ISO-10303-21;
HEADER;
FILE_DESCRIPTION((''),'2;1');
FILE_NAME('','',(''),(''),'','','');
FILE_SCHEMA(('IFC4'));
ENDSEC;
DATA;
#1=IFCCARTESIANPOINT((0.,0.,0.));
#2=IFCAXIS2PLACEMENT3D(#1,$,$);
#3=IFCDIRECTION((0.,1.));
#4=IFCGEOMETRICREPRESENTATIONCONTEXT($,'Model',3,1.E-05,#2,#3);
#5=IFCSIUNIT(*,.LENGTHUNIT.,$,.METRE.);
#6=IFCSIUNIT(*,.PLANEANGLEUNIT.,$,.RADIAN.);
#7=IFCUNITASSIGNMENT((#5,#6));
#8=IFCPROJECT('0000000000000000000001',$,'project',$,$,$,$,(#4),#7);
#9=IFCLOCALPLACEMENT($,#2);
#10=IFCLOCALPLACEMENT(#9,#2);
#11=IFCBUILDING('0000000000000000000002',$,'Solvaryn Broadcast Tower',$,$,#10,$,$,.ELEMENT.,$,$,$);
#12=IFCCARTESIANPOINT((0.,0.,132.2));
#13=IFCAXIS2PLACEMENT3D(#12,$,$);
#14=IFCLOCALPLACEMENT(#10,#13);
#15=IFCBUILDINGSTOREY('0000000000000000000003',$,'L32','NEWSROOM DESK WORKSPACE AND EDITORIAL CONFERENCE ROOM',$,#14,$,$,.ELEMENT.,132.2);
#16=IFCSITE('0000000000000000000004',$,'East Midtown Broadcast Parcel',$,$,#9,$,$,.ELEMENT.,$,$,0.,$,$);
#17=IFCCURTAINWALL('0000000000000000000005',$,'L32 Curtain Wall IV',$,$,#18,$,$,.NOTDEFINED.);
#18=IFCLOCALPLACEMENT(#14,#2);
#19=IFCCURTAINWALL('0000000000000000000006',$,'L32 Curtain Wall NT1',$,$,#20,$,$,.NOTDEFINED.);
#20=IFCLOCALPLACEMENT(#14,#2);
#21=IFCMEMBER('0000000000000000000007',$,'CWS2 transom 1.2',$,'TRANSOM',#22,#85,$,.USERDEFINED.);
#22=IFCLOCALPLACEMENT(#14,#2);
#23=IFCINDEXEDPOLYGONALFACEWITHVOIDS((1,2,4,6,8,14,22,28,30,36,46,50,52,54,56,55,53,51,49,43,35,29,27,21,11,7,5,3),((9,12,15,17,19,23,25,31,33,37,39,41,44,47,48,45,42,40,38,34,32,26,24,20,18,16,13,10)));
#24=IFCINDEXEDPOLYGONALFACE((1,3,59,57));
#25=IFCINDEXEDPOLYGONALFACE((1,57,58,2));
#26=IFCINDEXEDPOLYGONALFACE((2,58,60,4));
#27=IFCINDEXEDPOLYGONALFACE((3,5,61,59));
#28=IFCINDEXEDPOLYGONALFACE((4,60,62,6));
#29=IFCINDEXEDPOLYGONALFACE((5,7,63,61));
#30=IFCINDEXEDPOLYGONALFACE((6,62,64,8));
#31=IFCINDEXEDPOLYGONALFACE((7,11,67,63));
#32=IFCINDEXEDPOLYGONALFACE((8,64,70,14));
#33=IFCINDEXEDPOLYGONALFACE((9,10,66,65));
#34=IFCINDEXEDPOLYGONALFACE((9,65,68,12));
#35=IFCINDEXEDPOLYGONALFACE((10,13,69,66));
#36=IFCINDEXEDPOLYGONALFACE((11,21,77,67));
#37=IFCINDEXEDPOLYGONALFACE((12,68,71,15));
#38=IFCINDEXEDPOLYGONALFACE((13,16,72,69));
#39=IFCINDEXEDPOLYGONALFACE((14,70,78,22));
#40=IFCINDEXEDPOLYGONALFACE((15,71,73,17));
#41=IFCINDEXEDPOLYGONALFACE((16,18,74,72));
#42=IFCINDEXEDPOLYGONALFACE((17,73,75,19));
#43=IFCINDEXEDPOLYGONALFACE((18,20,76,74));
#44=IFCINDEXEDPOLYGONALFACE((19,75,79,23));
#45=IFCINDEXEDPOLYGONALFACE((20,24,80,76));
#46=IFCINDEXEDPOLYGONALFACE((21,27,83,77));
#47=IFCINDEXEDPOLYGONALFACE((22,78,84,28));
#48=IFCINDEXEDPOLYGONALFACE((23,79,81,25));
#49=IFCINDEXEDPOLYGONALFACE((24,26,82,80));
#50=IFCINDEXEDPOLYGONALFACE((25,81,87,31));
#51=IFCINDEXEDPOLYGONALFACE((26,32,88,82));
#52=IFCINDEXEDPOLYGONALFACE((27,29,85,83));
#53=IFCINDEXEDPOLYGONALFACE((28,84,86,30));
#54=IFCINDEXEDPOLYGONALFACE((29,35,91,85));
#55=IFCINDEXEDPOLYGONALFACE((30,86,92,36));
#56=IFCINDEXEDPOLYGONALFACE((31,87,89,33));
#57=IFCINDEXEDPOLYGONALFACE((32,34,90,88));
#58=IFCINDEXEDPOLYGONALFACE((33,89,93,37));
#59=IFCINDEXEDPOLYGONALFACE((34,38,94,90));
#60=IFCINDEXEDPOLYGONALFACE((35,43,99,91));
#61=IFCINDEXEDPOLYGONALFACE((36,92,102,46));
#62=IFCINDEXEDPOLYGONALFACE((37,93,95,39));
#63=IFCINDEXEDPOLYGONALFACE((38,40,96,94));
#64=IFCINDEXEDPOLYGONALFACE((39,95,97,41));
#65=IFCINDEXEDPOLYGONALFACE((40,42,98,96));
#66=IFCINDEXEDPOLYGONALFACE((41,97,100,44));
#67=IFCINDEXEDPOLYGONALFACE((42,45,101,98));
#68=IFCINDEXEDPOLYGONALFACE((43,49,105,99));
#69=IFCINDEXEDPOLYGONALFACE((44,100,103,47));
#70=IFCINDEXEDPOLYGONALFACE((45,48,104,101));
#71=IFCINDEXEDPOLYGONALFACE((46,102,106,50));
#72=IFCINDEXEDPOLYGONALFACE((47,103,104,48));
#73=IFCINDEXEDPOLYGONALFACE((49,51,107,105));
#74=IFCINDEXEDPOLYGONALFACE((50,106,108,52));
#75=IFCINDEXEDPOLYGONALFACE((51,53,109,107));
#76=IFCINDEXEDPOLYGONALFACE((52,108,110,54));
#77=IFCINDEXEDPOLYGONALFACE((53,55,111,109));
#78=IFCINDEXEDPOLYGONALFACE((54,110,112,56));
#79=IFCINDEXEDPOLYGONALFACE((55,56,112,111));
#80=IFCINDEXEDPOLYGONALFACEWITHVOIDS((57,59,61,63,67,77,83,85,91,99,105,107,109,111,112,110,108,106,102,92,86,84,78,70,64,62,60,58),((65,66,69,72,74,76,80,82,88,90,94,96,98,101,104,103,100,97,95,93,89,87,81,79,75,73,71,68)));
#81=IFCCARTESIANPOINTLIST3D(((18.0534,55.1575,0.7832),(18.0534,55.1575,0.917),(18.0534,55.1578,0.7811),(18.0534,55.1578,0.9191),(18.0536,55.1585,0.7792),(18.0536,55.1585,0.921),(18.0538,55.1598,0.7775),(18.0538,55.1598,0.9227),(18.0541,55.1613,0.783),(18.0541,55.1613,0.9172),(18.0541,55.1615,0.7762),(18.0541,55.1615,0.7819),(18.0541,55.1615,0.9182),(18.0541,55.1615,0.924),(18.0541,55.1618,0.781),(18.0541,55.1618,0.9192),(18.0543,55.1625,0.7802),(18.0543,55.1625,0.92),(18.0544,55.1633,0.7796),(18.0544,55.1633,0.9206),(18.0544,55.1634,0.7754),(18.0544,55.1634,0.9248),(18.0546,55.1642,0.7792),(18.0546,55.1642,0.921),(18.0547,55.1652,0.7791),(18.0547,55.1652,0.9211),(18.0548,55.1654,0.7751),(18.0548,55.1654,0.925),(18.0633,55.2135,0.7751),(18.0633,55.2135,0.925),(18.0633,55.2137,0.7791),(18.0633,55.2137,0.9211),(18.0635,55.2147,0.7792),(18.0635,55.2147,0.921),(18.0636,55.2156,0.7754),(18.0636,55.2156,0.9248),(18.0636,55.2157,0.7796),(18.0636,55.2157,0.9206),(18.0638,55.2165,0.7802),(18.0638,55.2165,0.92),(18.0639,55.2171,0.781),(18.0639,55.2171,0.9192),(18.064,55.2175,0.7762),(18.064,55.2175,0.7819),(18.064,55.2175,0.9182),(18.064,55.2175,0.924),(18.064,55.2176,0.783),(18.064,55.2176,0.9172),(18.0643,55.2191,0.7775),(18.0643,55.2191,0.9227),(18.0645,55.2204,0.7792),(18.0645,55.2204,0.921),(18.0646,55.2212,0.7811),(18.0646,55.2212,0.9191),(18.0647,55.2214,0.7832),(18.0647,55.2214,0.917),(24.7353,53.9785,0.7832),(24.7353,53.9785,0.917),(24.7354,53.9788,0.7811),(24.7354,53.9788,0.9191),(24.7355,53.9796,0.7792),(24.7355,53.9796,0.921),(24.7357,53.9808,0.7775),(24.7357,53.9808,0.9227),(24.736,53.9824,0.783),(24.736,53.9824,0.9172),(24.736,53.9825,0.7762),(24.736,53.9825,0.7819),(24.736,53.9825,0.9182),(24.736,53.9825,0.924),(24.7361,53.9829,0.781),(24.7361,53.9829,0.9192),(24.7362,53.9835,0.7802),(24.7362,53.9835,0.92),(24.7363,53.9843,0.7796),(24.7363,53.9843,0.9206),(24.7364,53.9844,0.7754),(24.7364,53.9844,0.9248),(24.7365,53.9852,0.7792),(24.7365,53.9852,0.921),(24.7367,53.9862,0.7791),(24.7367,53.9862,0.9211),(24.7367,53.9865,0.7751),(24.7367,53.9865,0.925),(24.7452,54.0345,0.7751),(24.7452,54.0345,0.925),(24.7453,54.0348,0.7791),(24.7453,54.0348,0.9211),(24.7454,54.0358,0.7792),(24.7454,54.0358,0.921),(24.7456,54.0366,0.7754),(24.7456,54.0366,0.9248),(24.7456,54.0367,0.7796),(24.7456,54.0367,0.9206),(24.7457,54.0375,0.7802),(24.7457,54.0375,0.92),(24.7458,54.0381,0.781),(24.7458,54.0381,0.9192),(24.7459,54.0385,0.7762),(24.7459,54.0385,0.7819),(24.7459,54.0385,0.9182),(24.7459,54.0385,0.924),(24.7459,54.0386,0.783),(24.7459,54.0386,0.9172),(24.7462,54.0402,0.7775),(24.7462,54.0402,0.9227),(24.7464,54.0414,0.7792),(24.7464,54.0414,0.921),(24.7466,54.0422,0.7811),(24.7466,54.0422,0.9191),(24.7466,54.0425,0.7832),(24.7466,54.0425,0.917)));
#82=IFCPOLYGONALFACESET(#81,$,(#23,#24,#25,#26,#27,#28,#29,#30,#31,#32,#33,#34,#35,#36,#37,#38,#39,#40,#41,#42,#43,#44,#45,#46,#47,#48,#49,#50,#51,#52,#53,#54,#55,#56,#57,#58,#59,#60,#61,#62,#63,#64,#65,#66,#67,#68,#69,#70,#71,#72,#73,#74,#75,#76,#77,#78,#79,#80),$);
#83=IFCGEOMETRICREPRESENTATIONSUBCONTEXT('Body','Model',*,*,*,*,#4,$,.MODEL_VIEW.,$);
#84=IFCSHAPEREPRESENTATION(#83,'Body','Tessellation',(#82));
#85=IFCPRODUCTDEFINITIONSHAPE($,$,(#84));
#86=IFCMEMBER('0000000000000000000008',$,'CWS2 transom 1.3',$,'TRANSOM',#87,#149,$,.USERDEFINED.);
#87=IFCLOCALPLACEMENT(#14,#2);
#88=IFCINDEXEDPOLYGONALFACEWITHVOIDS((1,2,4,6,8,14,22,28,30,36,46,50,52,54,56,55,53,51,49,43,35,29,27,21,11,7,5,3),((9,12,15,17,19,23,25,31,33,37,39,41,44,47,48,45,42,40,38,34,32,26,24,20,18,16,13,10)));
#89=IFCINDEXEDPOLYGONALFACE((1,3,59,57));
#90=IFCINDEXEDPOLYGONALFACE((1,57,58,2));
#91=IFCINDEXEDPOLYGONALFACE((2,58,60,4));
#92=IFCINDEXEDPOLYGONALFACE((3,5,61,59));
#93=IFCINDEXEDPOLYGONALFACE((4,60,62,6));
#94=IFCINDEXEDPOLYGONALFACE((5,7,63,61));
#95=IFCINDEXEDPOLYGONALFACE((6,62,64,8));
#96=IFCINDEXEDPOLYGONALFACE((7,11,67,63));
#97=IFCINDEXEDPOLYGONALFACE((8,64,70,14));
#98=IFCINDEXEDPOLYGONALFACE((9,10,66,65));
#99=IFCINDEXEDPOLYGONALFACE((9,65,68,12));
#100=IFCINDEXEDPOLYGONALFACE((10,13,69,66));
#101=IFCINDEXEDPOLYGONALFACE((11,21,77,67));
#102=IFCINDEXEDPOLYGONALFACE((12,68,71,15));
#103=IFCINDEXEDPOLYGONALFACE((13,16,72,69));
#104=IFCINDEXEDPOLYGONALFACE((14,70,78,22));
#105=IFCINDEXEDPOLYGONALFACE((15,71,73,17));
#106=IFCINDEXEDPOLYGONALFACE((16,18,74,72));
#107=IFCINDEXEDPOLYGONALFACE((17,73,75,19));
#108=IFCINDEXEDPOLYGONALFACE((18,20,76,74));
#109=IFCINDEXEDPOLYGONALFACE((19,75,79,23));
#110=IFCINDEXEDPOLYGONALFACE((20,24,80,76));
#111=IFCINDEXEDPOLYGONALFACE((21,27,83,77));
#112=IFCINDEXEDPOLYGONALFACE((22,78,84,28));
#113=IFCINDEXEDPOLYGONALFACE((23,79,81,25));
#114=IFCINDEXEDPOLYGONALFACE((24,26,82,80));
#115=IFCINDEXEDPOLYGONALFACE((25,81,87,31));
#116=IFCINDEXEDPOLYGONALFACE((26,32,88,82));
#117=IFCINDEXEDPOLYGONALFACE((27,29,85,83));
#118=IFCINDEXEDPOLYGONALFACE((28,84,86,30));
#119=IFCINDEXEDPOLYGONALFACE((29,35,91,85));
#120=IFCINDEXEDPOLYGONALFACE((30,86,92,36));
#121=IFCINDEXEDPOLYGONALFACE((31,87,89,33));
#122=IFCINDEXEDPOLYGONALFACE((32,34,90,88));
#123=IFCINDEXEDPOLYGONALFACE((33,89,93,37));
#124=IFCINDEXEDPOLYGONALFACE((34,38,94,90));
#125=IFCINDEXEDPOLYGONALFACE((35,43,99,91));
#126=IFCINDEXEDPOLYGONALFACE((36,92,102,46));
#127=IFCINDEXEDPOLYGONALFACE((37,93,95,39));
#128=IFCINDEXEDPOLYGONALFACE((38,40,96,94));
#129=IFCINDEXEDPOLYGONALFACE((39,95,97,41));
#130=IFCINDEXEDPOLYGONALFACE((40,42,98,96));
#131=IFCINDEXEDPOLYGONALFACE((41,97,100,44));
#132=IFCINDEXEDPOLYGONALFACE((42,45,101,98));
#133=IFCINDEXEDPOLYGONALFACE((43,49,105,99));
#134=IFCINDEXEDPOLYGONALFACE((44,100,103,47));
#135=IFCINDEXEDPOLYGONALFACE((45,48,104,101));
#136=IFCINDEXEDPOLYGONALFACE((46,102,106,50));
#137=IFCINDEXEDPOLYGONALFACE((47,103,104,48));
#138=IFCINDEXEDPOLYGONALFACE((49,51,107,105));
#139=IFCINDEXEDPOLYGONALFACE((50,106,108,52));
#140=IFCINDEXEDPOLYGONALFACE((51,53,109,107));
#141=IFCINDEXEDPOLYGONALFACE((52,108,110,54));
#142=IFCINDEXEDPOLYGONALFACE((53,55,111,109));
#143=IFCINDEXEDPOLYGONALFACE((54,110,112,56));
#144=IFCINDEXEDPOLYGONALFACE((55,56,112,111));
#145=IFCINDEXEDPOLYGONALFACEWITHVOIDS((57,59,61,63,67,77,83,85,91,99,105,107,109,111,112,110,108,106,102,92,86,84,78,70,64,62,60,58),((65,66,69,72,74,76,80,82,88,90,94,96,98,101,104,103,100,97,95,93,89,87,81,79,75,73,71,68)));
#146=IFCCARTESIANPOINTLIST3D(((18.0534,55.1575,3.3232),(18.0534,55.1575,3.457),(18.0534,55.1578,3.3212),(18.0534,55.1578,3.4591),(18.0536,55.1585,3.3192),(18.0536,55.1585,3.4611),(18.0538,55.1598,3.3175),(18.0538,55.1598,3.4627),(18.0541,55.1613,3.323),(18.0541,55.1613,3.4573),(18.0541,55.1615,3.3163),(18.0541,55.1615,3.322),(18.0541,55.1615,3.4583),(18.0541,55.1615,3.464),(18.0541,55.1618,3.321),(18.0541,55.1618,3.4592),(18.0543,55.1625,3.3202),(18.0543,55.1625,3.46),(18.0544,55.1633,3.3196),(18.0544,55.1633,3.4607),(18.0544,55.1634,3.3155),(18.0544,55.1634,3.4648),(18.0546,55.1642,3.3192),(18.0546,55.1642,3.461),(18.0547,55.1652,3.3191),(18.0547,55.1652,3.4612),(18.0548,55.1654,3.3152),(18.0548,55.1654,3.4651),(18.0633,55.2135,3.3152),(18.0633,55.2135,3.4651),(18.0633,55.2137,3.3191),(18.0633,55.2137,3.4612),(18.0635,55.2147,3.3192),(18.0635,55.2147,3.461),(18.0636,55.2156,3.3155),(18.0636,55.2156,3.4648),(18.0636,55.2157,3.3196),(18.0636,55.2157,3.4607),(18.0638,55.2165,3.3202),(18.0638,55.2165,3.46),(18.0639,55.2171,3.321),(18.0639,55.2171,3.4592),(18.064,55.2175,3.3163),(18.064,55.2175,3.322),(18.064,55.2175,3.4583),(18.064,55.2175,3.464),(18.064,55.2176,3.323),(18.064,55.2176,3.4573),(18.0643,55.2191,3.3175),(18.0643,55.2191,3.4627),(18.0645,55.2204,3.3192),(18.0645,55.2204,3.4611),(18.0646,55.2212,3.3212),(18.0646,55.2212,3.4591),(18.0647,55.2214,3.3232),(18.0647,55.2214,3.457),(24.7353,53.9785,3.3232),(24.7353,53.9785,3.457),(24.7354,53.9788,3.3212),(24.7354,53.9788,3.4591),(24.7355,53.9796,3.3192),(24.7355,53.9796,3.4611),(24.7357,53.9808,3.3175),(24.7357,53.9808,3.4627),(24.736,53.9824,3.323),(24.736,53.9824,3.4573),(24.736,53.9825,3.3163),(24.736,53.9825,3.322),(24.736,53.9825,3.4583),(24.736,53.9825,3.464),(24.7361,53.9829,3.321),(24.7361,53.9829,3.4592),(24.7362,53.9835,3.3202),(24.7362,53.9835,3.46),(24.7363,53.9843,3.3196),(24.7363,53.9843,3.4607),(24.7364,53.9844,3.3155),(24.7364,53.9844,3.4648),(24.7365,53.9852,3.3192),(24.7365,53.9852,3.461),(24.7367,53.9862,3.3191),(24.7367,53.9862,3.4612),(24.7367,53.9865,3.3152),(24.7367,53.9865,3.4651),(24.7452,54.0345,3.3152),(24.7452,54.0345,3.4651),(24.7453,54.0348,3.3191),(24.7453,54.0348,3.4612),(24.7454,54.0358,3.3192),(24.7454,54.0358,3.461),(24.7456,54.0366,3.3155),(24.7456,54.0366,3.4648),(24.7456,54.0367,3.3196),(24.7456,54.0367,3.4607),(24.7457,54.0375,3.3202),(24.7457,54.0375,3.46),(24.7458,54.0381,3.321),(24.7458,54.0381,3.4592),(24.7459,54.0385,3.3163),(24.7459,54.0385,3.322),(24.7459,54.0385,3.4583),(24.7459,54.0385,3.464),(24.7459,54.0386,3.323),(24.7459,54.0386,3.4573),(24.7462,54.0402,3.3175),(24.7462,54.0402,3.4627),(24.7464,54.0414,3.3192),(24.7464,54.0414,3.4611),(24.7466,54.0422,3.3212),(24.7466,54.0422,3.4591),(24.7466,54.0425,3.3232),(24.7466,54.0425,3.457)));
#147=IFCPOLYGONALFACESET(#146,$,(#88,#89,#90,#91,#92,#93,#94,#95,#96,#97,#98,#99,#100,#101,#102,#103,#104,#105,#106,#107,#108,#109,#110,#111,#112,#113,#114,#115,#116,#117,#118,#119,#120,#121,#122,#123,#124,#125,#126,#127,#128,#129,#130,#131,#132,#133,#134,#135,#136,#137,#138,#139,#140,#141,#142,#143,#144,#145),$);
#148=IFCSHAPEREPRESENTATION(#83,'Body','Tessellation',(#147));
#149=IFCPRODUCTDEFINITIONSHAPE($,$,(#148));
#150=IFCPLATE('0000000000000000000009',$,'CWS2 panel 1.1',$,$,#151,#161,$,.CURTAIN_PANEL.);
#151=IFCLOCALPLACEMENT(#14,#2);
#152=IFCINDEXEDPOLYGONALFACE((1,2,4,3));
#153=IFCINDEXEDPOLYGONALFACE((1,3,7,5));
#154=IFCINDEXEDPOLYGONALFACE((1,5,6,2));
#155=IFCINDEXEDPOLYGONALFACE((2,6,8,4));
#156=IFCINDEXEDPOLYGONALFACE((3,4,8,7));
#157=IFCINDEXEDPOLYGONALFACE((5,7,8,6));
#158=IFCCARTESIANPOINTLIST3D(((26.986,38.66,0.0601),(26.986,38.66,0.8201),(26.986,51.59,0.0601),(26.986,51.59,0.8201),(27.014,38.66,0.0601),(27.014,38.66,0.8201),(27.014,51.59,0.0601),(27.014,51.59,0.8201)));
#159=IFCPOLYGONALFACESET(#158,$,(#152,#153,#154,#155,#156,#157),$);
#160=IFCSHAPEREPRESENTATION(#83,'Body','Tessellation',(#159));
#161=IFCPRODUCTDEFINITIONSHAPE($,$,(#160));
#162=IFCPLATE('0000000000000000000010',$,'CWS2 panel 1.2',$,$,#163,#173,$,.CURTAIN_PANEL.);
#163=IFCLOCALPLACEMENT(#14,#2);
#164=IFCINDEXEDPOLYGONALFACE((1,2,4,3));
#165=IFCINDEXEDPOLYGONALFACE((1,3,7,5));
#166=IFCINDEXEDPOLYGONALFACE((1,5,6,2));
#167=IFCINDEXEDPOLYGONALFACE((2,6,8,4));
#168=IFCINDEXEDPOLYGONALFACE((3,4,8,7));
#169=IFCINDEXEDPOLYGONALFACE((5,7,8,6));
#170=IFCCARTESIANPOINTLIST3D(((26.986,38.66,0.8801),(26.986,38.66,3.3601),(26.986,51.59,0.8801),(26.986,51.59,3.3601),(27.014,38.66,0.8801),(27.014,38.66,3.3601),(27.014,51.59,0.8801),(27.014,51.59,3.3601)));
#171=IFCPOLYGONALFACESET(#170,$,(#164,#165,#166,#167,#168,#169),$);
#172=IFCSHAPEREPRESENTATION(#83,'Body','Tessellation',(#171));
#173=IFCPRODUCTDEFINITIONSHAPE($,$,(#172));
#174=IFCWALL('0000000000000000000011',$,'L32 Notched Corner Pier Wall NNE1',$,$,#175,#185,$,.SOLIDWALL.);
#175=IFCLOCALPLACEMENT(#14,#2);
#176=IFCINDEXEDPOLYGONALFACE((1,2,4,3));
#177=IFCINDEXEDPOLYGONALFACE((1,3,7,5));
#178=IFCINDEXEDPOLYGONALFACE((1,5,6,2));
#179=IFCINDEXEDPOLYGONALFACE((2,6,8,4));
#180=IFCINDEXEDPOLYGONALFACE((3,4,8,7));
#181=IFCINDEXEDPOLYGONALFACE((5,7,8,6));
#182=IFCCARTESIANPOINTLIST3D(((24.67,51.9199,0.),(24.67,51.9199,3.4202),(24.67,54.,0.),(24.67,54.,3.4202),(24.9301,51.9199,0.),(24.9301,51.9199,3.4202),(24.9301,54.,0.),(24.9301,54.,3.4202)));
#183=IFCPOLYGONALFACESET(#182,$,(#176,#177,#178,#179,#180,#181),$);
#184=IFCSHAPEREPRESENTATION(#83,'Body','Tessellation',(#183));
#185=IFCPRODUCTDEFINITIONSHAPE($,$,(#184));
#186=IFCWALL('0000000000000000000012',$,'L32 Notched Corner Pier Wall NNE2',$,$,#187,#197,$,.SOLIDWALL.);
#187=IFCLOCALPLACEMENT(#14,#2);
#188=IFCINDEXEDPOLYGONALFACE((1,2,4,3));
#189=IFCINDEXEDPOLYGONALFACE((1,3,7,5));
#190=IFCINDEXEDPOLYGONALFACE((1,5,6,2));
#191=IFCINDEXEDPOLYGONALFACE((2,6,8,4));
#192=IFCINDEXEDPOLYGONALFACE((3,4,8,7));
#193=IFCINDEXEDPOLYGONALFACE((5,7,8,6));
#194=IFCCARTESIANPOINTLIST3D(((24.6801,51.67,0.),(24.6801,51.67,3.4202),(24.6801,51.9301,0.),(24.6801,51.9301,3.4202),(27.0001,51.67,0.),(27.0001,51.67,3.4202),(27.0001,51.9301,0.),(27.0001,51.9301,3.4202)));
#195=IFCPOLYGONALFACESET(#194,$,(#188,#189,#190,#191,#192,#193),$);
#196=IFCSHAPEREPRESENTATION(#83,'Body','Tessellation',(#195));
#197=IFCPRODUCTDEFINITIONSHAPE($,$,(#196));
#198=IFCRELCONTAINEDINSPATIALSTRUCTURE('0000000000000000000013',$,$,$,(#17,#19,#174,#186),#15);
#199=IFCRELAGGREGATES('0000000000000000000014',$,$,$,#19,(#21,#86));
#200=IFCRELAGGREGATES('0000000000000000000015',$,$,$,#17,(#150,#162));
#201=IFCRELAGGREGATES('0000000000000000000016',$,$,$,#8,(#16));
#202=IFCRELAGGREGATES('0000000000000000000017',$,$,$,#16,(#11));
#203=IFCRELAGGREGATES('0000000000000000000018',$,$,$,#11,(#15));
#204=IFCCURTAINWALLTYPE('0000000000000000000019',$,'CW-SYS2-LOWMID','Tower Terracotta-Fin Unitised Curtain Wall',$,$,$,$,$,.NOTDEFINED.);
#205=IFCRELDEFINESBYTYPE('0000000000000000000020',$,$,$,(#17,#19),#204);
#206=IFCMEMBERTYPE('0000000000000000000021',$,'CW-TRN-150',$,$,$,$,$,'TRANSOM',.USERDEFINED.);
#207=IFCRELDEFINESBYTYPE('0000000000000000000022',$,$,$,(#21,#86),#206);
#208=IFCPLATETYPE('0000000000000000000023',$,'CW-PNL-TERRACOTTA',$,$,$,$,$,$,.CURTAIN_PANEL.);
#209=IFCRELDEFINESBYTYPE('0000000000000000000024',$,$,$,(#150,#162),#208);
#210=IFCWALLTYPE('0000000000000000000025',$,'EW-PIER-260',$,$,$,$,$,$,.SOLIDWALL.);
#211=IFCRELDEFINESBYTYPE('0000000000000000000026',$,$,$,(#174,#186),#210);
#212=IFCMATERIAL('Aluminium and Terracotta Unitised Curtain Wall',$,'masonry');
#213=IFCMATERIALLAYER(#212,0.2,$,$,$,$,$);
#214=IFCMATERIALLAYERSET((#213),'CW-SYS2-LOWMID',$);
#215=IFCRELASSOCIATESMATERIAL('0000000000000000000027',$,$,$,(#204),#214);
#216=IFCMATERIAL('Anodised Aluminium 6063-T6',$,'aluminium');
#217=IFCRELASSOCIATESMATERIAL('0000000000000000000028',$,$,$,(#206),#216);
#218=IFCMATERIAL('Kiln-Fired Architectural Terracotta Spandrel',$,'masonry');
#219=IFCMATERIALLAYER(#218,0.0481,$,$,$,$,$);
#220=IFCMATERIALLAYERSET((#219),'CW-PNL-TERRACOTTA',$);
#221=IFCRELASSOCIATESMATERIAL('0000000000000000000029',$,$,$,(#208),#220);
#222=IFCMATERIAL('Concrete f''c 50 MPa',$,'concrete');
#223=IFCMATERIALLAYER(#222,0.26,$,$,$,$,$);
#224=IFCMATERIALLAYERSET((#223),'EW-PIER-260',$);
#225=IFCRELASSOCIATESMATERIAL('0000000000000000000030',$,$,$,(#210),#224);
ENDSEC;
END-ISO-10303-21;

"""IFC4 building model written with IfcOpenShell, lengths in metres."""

from ifc_helpers import new_model, si_unit, direction, frame, frame_2d, origin, origin_2d, place, context, subcontext, project, spatial, rectangle, hollow_rectangle, extrude, material, layer, layer_set, material_profile, profile_set, type_object, element, aggregate, save


model = new_model("IFC4")

# Units and contexts
model_context = context("Model", 3, precision=1e-05, world=origin(), true_north=direction((0.0, 1.0)))
body_context = subcontext(model_context, "Body", "Model", "MODEL_VIEW")
ifc_project = project(units=[si_unit("LENGTHUNIT", "METRE"), si_unit("PLANEANGLEUNIT", "RADIAN")], contexts=[model_context])

# Site, building, storey
site_placement = place(None, origin())
site = spatial("IfcSite", under=ifc_project, at=site_placement, Name="East Midtown Broadcast Parcel", CompositionType="ELEMENT", RefElevation=0.0)
building_placement = place(site_placement, origin())
building = spatial("IfcBuilding", under=site, at=building_placement, Name="Solvaryn Broadcast Tower", CompositionType="ELEMENT")
storey_placement = place(building_placement, frame((0.0, 0.0, 132.2)))
storey = spatial("IfcBuildingStorey", under=building, at=storey_placement, Name="L32", Description="NEWSROOM DESK WORKSPACE AND EDITORIAL CONFERENCE ROOM", CompositionType="ELEMENT", Elevation=132.2)

# Curtain wall
ifc_material_1 = material(Name="Aluminium and Terracotta Unitised Curtain Wall", Category="masonry")
ifc_layer_1 = layer(ifc_material_1, 0.2)
ifc_layer_set_1 = layer_set([ifc_layer_1], Name="CW-SYS2-LOWMID")
curtain_wall_type = type_object("IfcCurtainWallType", Name="CW-SYS2-LOWMID", Description="Tower Terracotta-Fin Unitised Curtain Wall", PredefinedType="NOTDEFINED", material=ifc_layer_set_1)
curtain_wall_1_placement = place(storey_placement, origin())
curtain_wall_1 = element("IfcCurtainWall", 1, at=curtain_wall_1_placement, inside=storey, type_object=curtain_wall_type, Name="L32 Curtain Wall IV", PredefinedType="NOTDEFINED")

# Curtain wall
curtain_wall_2_placement = place(storey_placement, origin())
curtain_wall_2 = element("IfcCurtainWall", 2, at=curtain_wall_2_placement, inside=storey, type_object=curtain_wall_type, Name="L32 Curtain Wall NT1", PredefinedType="NOTDEFINED")

# Members
ifc_material_2 = material(Name="Anodised Aluminium 6063-T6", Category="aluminium")
ifc_material_profile_1 = material_profile(ifc_material_2, hollow_rectangle(XDim=0.0649, YDim=0.1499, WallThickness=0.0039, InnerFilletRadius=0.0039, OuterFilletRadius=0.0081, at=origin_2d()))
ifc_profile_set_1 = profile_set([ifc_material_profile_1], Name="Anodised Aluminium 6063-T6")
member_type_1 = type_object("IfcMemberType", Name="CW-TRN-150", ElementType="TRANSOM", PredefinedType="USERDEFINED", material=ifc_profile_set_1)
member_1_placement = place(storey_placement, frame((24.741, 54.0105, 0.8501), z_axis=(-0.984789, 0.173757, 0.0), x_axis=(-0.173757, -0.984789, 0.0)))
member_1 = element("IfcMember", 3, at=member_1_placement, type_object=member_type_1, Name="CWS2 transom 1.2", ObjectType="TRANSOM", PredefinedType="USERDEFINED", context=body_context, shape_type="SweptSolid", body=[
    extrude(hollow_rectangle(XDim=0.0649, YDim=0.1499, WallThickness=0.0039, InnerFilletRadius=0.0039, OuterFilletRadius=0.0081, at=origin_2d()), origin(), (0.0, 0.0, 1.0), 6.7852),
])
member_2_placement = place(storey_placement, frame((24.741, 54.0105, 3.3901), z_axis=(-0.984789, 0.173757, 0.0), x_axis=(-0.173757, -0.984789, 0.0)))
member_2 = element("IfcMember", 4, at=member_2_placement, type_object=member_type_1, Name="CWS2 transom 1.3", ObjectType="TRANSOM", PredefinedType="USERDEFINED", context=body_context, shape_type="SweptSolid", body=[
    extrude(hollow_rectangle(XDim=0.0649, YDim=0.1499, WallThickness=0.0039, InnerFilletRadius=0.0039, OuterFilletRadius=0.0081, at=origin_2d()), origin(), (0.0, 0.0, 1.0), 6.7852),
])
aggregate(curtain_wall_2, [member_1, member_2])

# Plates
ifc_material_3 = material(Name="Kiln-Fired Architectural Terracotta Spandrel", Category="masonry")
ifc_layer_2 = layer(ifc_material_3, 0.0481)
ifc_layer_set_2 = layer_set([ifc_layer_2], Name="CW-PNL-TERRACOTTA")
plate_type = type_object("IfcPlateType", Name="CW-PNL-TERRACOTTA", PredefinedType="CURTAIN_PANEL", material=ifc_layer_set_2)
plate_1_placement = place(storey_placement, frame((27.0, 45.125, 0.0601), z_axis=(0.0, 0.0, 1.0), x_axis=(0.0, -1.0, 0.0)))
plate_1 = element("IfcPlate", 5, at=plate_1_placement, type_object=plate_type, Name="CWS2 panel 1.1", PredefinedType="CURTAIN_PANEL", context=body_context, shape_type="SweptSolid", body=[
    extrude(rectangle(XDim=12.9299, YDim=0.0281, at=origin_2d()), origin(), (0.0, 0.0, 1.0), 0.76),
])
plate_2_placement = place(storey_placement, frame((27.0, 45.125, 0.8801), z_axis=(0.0, 0.0, 1.0), x_axis=(0.0, -1.0, 0.0)))
plate_2 = element("IfcPlate", 6, at=plate_2_placement, type_object=plate_type, Name="CWS2 panel 1.2", PredefinedType="CURTAIN_PANEL", context=body_context, shape_type="SweptSolid", body=[
    extrude(rectangle(XDim=12.9299, YDim=0.0281, at=origin_2d()), origin(), (0.0, 0.0, 1.0), 2.48),
])
aggregate(curtain_wall_1, [plate_1, plate_2])

# Walls
ifc_material_4 = material(Name="Concrete f'c 50 MPa", Category="concrete")
ifc_layer_3 = layer(ifc_material_4, 0.26)
ifc_layer_set_3 = layer_set([ifc_layer_3], Name="EW-PIER-260")
wall_type_1 = type_object("IfcWallType", Name="EW-PIER-260", PredefinedType="SOLIDWALL", material=ifc_layer_set_3)
wall_1_placement = place(storey_placement, frame((24.8, 54.0, 0.0), z_axis=(0.0, 0.0, 1.0), x_axis=(0.0, -1.0, 0.0)))
element("IfcWall", 7, at=wall_1_placement, inside=storey, type_object=wall_type_1, Name="L32 Notched Corner Pier Wall NNE1", PredefinedType="SOLIDWALL", context=body_context, shape_type="SweptSolid", body=[
    extrude(rectangle(XDim=2.0801, YDim=0.26, at=frame_2d((1.04, 0.0))), origin(), (0.0, 0.0, 1.0), 3.4202),
])
wall_2_placement = place(storey_placement, frame((24.6799, 51.8, 0.0), z_axis=(0.0, 0.0, 1.0), x_axis=(1.0, 0.0, 0.0)))
element("IfcWall", 8, at=wall_2_placement, inside=storey, type_object=wall_type_1, Name="L32 Notched Corner Pier Wall NNE2", PredefinedType="SOLIDWALL", context=body_context, shape_type="SweptSolid", body=[
    extrude(rectangle(XDim=2.3201, YDim=0.26, at=frame_2d((1.1602, 0.0))), origin(), (0.0, 0.0, 1.0), 3.4202),
])

save(model, "model.ifc")
